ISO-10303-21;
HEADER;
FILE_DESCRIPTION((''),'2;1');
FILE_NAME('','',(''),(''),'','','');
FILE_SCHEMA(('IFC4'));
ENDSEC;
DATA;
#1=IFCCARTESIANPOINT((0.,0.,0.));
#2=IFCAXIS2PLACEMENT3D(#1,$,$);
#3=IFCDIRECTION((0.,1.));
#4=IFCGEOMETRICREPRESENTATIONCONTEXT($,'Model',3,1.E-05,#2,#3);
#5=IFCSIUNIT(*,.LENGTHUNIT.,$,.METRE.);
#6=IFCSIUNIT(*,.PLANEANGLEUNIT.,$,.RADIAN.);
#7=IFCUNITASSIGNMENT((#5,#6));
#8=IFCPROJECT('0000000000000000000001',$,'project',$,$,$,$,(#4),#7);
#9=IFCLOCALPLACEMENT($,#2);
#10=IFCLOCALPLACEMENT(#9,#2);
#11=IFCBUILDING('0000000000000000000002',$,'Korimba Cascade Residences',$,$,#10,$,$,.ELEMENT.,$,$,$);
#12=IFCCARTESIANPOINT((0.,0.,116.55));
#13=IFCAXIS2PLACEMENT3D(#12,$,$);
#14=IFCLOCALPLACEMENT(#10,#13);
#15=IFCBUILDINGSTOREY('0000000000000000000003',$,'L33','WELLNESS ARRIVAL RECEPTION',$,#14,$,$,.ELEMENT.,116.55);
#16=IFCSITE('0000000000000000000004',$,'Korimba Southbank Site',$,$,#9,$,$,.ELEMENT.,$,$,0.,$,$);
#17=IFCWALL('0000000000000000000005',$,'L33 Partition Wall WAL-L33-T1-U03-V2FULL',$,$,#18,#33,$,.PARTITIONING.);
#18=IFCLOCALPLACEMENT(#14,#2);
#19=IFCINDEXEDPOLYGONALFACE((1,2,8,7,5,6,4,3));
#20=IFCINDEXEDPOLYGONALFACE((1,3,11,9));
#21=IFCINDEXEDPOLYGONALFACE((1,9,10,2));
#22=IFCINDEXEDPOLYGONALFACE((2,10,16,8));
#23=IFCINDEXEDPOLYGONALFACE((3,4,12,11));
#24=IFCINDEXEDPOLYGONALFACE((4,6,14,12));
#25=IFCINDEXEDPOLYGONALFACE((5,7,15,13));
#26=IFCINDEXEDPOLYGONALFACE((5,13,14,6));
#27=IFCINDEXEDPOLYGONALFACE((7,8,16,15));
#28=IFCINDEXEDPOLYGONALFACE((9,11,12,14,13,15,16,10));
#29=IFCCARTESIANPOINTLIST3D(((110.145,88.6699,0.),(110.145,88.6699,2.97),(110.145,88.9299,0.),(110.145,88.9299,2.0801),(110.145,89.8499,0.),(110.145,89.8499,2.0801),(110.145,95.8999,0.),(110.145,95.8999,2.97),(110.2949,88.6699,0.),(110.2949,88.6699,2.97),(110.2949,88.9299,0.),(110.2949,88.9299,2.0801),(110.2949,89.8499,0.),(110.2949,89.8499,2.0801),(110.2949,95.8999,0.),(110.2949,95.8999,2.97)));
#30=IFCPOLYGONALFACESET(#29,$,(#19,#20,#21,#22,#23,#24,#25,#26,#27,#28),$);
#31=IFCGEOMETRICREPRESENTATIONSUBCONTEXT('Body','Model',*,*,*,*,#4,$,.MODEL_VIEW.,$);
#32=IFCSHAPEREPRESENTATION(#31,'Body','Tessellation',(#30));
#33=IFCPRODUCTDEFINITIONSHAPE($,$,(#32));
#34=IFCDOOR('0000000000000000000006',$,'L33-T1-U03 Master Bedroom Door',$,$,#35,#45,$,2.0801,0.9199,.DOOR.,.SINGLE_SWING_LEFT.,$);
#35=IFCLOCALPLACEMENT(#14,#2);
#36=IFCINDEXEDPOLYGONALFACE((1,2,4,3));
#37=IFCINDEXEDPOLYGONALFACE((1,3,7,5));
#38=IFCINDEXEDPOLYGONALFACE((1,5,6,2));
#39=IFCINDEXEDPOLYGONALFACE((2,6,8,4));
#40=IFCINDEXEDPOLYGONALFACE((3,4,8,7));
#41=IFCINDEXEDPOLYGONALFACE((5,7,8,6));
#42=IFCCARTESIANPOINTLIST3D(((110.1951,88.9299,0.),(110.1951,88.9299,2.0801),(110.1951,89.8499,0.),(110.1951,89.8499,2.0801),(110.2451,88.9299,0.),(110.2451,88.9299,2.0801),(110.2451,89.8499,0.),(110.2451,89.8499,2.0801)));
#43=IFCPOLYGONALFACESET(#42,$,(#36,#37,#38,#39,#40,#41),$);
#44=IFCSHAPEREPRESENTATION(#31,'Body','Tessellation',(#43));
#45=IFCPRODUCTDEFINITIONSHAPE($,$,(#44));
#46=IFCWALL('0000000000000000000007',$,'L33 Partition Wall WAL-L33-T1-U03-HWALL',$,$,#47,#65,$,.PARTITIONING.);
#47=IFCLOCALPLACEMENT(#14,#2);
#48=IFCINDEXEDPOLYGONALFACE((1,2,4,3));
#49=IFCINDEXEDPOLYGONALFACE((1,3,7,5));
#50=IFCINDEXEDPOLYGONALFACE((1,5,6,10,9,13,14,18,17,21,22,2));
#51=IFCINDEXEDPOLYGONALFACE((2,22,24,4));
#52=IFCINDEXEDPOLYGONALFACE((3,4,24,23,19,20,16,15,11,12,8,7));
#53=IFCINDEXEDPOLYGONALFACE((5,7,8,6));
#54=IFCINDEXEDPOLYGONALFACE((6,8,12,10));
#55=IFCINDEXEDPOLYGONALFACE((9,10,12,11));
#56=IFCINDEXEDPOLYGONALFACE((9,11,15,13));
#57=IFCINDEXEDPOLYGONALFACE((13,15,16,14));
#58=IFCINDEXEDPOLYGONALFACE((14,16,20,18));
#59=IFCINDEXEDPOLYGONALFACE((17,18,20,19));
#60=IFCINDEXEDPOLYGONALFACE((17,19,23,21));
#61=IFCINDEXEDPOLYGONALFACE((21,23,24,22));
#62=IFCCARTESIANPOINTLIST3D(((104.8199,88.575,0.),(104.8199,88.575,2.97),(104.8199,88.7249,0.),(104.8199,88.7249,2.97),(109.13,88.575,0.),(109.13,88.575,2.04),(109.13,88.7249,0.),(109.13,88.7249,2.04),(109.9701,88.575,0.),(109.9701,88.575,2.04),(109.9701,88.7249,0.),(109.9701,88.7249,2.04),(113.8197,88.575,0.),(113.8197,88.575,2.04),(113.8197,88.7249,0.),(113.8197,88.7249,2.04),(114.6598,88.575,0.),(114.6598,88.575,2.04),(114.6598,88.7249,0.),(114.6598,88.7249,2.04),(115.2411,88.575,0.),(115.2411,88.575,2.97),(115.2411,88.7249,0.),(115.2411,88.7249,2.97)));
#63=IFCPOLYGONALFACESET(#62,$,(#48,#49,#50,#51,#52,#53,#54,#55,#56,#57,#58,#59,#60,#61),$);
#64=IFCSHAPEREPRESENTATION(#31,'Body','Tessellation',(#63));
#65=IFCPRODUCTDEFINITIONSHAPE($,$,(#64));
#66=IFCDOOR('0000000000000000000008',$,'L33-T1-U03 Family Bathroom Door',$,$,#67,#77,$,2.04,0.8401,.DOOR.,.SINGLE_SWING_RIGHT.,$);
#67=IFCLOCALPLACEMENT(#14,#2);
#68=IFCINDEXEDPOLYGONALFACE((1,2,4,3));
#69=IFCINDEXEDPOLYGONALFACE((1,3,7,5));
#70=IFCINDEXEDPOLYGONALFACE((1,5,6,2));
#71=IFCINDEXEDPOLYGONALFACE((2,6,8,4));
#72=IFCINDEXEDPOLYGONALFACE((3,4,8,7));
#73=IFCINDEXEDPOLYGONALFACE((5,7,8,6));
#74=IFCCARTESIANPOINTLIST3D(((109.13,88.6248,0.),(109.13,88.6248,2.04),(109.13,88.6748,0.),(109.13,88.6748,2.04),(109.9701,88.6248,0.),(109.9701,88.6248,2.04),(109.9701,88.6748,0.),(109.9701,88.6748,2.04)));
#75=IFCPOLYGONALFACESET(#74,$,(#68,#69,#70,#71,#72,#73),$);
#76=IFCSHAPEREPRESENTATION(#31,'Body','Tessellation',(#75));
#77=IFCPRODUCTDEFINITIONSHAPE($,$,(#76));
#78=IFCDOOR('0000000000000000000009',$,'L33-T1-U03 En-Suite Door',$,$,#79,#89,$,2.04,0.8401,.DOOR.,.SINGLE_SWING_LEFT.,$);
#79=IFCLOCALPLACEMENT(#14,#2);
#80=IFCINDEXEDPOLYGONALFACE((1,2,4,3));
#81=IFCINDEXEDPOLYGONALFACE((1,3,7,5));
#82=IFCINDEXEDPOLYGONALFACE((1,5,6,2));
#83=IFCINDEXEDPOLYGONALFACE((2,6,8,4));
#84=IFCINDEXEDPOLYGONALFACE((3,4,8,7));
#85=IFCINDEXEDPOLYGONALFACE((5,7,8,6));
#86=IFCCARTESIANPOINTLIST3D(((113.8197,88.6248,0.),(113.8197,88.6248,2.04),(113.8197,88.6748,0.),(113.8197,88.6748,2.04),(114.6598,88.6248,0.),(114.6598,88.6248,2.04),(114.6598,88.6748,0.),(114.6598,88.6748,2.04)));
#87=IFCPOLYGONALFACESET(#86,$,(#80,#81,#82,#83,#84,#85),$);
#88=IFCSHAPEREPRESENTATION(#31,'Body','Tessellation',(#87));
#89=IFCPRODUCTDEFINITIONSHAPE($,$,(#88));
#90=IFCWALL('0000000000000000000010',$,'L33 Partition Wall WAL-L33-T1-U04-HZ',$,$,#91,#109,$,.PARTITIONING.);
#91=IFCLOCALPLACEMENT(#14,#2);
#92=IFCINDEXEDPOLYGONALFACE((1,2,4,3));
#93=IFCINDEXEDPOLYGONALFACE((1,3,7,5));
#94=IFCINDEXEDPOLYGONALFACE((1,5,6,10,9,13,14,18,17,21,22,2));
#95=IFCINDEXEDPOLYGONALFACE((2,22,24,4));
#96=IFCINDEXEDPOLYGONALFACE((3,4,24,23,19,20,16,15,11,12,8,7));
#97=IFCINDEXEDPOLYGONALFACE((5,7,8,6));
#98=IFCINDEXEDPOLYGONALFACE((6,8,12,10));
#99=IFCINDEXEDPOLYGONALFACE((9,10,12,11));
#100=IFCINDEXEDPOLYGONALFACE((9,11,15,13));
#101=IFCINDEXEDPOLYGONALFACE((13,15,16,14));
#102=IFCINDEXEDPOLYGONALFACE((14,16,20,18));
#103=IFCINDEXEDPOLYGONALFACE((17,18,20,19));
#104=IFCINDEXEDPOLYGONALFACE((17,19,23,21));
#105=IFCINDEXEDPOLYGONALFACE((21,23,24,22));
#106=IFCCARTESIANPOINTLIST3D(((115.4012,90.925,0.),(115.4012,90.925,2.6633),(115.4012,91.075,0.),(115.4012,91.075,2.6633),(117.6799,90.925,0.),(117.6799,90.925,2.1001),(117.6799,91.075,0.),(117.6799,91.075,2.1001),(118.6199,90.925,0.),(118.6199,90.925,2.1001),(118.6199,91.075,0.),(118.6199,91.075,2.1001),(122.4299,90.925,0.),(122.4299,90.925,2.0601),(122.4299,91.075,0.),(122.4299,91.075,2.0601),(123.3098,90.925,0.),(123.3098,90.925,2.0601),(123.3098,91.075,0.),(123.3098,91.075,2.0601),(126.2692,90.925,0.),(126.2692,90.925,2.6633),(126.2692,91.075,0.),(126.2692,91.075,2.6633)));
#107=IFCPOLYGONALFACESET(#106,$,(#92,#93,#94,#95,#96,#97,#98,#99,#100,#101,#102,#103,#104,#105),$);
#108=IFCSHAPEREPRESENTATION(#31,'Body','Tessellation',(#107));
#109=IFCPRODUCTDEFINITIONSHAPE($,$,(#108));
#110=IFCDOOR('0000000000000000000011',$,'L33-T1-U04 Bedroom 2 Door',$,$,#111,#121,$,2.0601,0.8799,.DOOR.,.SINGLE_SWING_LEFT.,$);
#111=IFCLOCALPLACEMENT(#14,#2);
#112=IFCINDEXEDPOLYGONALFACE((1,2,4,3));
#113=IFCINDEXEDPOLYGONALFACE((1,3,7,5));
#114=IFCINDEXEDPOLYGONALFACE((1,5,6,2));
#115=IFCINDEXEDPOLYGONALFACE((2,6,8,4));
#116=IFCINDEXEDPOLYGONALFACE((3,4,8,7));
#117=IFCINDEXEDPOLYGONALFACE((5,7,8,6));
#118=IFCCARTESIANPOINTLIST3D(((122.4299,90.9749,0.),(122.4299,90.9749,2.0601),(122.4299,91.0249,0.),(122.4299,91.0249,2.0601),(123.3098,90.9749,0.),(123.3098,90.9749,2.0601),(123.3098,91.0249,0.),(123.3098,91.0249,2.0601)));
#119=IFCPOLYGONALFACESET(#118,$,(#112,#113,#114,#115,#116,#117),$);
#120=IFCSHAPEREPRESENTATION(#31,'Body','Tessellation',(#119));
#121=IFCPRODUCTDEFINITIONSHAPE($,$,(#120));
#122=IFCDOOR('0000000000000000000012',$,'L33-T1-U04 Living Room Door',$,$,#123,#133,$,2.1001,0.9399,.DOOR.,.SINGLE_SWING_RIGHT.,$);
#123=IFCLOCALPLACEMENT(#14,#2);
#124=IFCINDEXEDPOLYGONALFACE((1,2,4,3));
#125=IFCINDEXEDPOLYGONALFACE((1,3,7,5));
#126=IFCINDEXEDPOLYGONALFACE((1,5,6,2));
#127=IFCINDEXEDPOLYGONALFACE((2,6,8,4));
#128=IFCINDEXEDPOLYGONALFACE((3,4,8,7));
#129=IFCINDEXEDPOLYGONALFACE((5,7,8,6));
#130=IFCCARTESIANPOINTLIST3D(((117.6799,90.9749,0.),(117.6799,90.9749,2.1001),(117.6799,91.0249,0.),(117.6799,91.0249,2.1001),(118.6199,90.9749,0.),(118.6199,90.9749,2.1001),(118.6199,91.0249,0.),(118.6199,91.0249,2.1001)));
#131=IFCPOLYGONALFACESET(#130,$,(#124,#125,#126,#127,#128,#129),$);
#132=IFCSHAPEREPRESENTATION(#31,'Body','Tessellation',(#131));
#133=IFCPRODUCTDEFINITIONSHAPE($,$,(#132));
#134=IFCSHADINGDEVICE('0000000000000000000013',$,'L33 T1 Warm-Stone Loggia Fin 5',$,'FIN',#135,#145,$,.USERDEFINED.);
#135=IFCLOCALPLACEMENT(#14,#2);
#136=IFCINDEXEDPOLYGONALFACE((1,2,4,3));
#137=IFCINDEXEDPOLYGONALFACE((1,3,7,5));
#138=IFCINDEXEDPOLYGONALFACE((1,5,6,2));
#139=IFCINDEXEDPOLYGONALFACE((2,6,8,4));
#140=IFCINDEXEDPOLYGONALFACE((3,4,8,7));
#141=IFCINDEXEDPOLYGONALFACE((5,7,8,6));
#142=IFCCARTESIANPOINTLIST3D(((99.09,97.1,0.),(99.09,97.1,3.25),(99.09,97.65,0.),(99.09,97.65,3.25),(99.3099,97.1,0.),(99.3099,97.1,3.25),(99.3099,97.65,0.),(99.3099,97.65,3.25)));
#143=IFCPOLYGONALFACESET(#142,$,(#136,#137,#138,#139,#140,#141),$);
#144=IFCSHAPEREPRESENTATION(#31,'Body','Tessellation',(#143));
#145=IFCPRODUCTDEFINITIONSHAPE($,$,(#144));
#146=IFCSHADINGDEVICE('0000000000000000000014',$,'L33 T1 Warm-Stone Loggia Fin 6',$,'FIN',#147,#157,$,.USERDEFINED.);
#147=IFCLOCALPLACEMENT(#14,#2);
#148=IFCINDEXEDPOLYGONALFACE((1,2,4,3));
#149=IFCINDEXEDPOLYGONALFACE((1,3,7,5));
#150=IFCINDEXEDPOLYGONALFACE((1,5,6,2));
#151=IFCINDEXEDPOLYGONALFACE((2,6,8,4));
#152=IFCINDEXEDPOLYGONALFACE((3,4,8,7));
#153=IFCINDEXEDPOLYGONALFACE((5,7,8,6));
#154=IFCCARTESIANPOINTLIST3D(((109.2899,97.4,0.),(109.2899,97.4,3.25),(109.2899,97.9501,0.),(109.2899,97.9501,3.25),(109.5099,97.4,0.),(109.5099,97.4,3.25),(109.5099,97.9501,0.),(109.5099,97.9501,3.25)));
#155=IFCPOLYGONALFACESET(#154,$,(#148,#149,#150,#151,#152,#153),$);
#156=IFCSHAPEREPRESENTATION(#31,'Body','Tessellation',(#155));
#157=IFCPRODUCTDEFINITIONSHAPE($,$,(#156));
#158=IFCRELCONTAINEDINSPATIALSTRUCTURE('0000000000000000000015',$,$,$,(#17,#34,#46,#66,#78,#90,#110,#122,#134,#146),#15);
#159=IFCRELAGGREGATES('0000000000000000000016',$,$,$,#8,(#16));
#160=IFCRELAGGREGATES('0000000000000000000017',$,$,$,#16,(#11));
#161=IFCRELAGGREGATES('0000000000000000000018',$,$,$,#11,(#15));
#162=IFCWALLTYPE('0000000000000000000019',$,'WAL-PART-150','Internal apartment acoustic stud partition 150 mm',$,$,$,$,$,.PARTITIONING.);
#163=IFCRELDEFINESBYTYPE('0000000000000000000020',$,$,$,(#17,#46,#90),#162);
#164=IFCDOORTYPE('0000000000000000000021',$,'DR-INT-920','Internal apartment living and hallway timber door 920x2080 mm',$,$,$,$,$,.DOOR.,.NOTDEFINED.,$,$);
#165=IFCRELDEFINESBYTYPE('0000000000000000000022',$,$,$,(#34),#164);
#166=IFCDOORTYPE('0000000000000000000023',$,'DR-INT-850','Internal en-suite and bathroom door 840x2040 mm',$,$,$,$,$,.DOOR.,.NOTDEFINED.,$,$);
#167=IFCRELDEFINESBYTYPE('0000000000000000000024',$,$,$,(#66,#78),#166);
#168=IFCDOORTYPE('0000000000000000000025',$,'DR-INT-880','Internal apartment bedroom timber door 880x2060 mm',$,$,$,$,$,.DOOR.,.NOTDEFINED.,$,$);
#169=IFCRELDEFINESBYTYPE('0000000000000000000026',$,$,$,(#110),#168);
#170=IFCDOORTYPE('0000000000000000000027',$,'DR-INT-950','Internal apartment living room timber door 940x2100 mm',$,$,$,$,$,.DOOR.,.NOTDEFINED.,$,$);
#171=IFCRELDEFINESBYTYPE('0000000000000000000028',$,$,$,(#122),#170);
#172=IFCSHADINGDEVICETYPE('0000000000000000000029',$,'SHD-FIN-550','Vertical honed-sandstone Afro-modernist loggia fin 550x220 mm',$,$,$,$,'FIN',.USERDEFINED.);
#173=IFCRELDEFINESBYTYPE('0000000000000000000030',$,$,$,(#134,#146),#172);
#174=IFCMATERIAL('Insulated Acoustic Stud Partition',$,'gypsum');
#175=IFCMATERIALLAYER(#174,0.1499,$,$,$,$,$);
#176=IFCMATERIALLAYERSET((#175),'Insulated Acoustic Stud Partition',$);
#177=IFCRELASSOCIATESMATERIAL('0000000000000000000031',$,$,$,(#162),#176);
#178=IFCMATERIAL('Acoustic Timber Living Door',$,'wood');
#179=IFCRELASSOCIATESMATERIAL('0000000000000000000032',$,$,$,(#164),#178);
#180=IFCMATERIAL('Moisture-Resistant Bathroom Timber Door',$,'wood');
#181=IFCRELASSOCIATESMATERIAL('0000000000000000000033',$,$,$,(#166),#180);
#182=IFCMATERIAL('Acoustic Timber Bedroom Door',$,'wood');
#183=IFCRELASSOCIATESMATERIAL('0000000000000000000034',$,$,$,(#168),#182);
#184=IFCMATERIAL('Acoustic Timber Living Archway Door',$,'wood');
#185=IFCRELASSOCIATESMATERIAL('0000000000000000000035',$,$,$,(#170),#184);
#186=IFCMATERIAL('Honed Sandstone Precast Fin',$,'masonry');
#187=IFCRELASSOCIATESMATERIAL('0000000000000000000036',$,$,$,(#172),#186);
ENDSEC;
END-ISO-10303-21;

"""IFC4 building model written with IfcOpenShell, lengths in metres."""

from ifc_helpers import new_model, si_unit, direction, frame, frame_2d, origin, origin_2d, place, context, subcontext, project, spatial, rectangle, extrude, material, layer, layer_set, type_object, element, fill, save


model = new_model("IFC4")

# Units and contexts
model_context = context("Model", 3, precision=1e-05, world=origin(), true_north=direction((0.0, 1.0)))
body_context = subcontext(model_context, "Body", "Model", "MODEL_VIEW")
ifc_project = project(units=[si_unit("LENGTHUNIT", "METRE"), si_unit("PLANEANGLEUNIT", "RADIAN")], contexts=[model_context])

# Site, building, storey
site_placement = place(None, origin())
site = spatial("IfcSite", under=ifc_project, at=site_placement, Name="Korimba Southbank Site", CompositionType="ELEMENT", RefElevation=0.0)
building_placement = place(site_placement, origin())
building = spatial("IfcBuilding", under=site, at=building_placement, Name="Korimba Cascade Residences", CompositionType="ELEMENT")
storey_placement = place(building_placement, frame((0.0, 0.0, 116.55)))
storey = spatial("IfcBuildingStorey", under=building, at=storey_placement, Name="L33", Description="WELLNESS ARRIVAL RECEPTION", CompositionType="ELEMENT", Elevation=116.55)

# Shared definitions
ifc_material_1 = material(Name="Insulated Acoustic Stud Partition", Category="gypsum")
ifc_layer = layer(ifc_material_1, 0.1499)
ifc_layer_set = layer_set([ifc_layer], Name="Insulated Acoustic Stud Partition")
wall_type = type_object("IfcWallType", Name="WAL-PART-150", Description="Internal apartment acoustic stud partition 150 mm", PredefinedType="PARTITIONING", material=ifc_layer_set)
ifc_material_2 = material(Name="Acoustic Timber Living Door", Category="wood")
door_type_1 = type_object("IfcDoorType", Name="DR-INT-920", Description="Internal apartment living and hallway timber door 920x2080 mm", OperationType="NOTDEFINED", PredefinedType="DOOR", material=ifc_material_2)

# Wall, opening, door
wall_1_placement = place(storey_placement, frame((110.22, 88.6699, 0.0), z_axis=(0.0, 0.0, 1.0), x_axis=(0.0, 1.0, 0.0)))
wall_1 = element("IfcWall", 1, at=wall_1_placement, inside=storey, type_object=wall_type, Name="L33 Partition Wall WAL-L33-T1-U03-V2FULL", PredefinedType="PARTITIONING", context=body_context, shape_type="SweptSolid", body=[
    extrude(rectangle(XDim=7.23, YDim=0.1499, at=frame_2d((3.615, 0.0))), origin(), (0.0, 0.0, 1.0), 2.97),
])
opening_1_placement = place(wall_1_placement, frame((0.26, 0.0, 0.0)))
opening_1 = element("IfcOpeningElement", 2, at=opening_1_placement, cuts=wall_1, PredefinedType="OPENING", context=body_context, shape_type="SweptSolid", body=[
    extrude(rectangle(XDim=0.9199, YDim=2.0801, at=frame_2d((0.46, 1.04))), frame((0.0, 0.085, 0.0), z_axis=(0.0, -1.0, 0.0), x_axis=(1.0, 0.0, 0.0)), (0.0, 0.0, 1.0), 0.1699),
])
door_1_placement = place(opening_1_placement, origin())
door_1 = element("IfcDoor", 3, at=door_1_placement, inside=storey, type_object=door_type_1, Name="L33-T1-U03 Master Bedroom Door", OperationType="SINGLE_SWING_LEFT", OverallHeight=2.0801, OverallWidth=0.9199, PredefinedType="DOOR", context=body_context, shape_type="SweptSolid", body=[
    extrude(rectangle(XDim=0.9199, YDim=2.0801, at=frame_2d((0.46, 1.04))), frame((0.0, 0.0249, 0.0), z_axis=(0.0, -1.0, 0.0), x_axis=(1.0, 0.0, 0.0)), (0.0, 0.0, 1.0), 0.05),
])
fill(opening_1, door_1)

# Walls, openings, doors
wall_2_placement = place(storey_placement, frame((104.8201, 88.6499, 0.0), z_axis=(0.0, 0.0, 1.0), x_axis=(1.0, 0.0, 0.0)))
wall_2 = element("IfcWall", 4, at=wall_2_placement, inside=storey, type_object=wall_type, Name="L33 Partition Wall WAL-L33-T1-U03-HWALL", PredefinedType="PARTITIONING", context=body_context, shape_type="SweptSolid", body=[
    extrude(rectangle(XDim=10.4211, YDim=0.1499, at=frame_2d((5.2104, 0.0))), origin(), (0.0, 0.0, 1.0), 2.97),
])
opening_2_placement = place(wall_2_placement, frame((4.3101, 0.0, 0.0)))
opening_2 = element("IfcOpeningElement", 5, at=opening_2_placement, cuts=wall_2, PredefinedType="OPENING", context=body_context, shape_type="SweptSolid", body=[
    extrude(rectangle(XDim=0.8401, YDim=2.04, at=frame_2d((0.4199, 1.02))), frame((0.0, 0.085, 0.0), z_axis=(0.0, -1.0, 0.0), x_axis=(1.0, 0.0, 0.0)), (0.0, 0.0, 1.0), 0.1699),
])
opening_3_placement = place(wall_2_placement, frame((8.9998, 0.0, 0.0)))
opening_3 = element("IfcOpeningElement", 6, at=opening_3_placement, cuts=wall_2, PredefinedType="OPENING", context=body_context, shape_type="SweptSolid", body=[
    extrude(rectangle(XDim=0.8401, YDim=2.04, at=frame_2d((0.4199, 1.02))), frame((0.0, 0.085, 0.0), z_axis=(0.0, -1.0, 0.0), x_axis=(1.0, 0.0, 0.0)), (0.0, 0.0, 1.0), 0.1699),
])
ifc_material_3 = material(Name="Moisture-Resistant Bathroom Timber Door", Category="wood")
door_type_2 = type_object("IfcDoorType", Name="DR-INT-850", Description="Internal en-suite and bathroom door 840x2040 mm", OperationType="NOTDEFINED", PredefinedType="DOOR", material=ifc_material_3)
door_2_placement = place(opening_2_placement, origin())
door_2 = element("IfcDoor", 7, at=door_2_placement, inside=storey, type_object=door_type_2, Name="L33-T1-U03 Family Bathroom Door", OperationType="SINGLE_SWING_RIGHT", OverallHeight=2.04, OverallWidth=0.8401, PredefinedType="DOOR", context=body_context, shape_type="SweptSolid", body=[
    extrude(rectangle(XDim=0.8401, YDim=2.04, at=frame_2d((0.4199, 1.02))), frame((0.0, 0.0249, 0.0), z_axis=(0.0, -1.0, 0.0), x_axis=(1.0, 0.0, 0.0)), (0.0, 0.0, 1.0), 0.05),
])
fill(opening_2, door_2)
door_3_placement = place(opening_3_placement, origin())
door_3 = element("IfcDoor", 8, at=door_3_placement, inside=storey, type_object=door_type_2, Name="L33-T1-U03 En-Suite Door", OperationType="SINGLE_SWING_LEFT", OverallHeight=2.04, OverallWidth=0.8401, PredefinedType="DOOR", context=body_context, shape_type="SweptSolid", body=[
    extrude(rectangle(XDim=0.8401, YDim=2.04, at=frame_2d((0.4199, 1.02))), frame((0.0, 0.0249, 0.0), z_axis=(0.0, -1.0, 0.0), x_axis=(1.0, 0.0, 0.0)), (0.0, 0.0, 1.0), 0.05),
])
fill(opening_3, door_3)
wall_3_placement = place(storey_placement, frame((115.4011, 91.0, 0.0), z_axis=(0.0, 0.0, 1.0), x_axis=(1.0, 0.0, 0.0)))
wall_3 = element("IfcWall", 9, at=wall_3_placement, inside=storey, type_object=wall_type, Name="L33 Partition Wall WAL-L33-T1-U04-HZ", PredefinedType="PARTITIONING", context=body_context, shape_type="SweptSolid", body=[
    extrude(rectangle(XDim=10.8679, YDim=0.1499, at=frame_2d((5.4341, 0.0))), origin(), (0.0, 0.0, 1.0), 2.6633),
])
opening_4_placement = place(wall_3_placement, frame((2.2788, 0.0, 0.0)))
opening_4 = element("IfcOpeningElement", 10, at=opening_4_placement, cuts=wall_3, PredefinedType="OPENING", context=body_context, shape_type="SweptSolid", body=[
    extrude(rectangle(XDim=0.9399, YDim=2.1001, at=frame_2d((0.47, 1.05))), frame((0.0, 0.085, 0.0), z_axis=(0.0, -1.0, 0.0), x_axis=(1.0, 0.0, 0.0)), (0.0, 0.0, 1.0), 0.1699),
])
opening_5_placement = place(wall_3_placement, frame((7.0288, 0.0, 0.0)))
opening_5 = element("IfcOpeningElement", 11, at=opening_5_placement, cuts=wall_3, PredefinedType="OPENING", context=body_context, shape_type="SweptSolid", body=[
    extrude(rectangle(XDim=0.8799, YDim=2.0601, at=frame_2d((0.4399, 1.03))), frame((0.0, 0.085, 0.0), z_axis=(0.0, -1.0, 0.0), x_axis=(1.0, 0.0, 0.0)), (0.0, 0.0, 1.0), 0.1699),
])
ifc_material_4 = material(Name="Acoustic Timber Bedroom Door", Category="wood")
door_type_3 = type_object("IfcDoorType", Name="DR-INT-880", Description="Internal apartment bedroom timber door 880x2060 mm", OperationType="NOTDEFINED", PredefinedType="DOOR", material=ifc_material_4)
door_4_placement = place(opening_5_placement, origin())
door_4 = element("IfcDoor", 12, at=door_4_placement, inside=storey, type_object=door_type_3, Name="L33-T1-U04 Bedroom 2 Door", OperationType="SINGLE_SWING_LEFT", OverallHeight=2.0601, OverallWidth=0.8799, PredefinedType="DOOR", context=body_context, shape_type="SweptSolid", body=[
    extrude(rectangle(XDim=0.8799, YDim=2.0601, at=frame_2d((0.4399, 1.03))), frame((0.0, 0.0249, 0.0), z_axis=(0.0, -1.0, 0.0), x_axis=(1.0, 0.0, 0.0)), (0.0, 0.0, 1.0), 0.05),
])
fill(opening_5, door_4)
ifc_material_5 = material(Name="Acoustic Timber Living Archway Door", Category="wood")
door_type_4 = type_object("IfcDoorType", Name="DR-INT-950", Description="Internal apartment living room timber door 940x2100 mm", OperationType="NOTDEFINED", PredefinedType="DOOR", material=ifc_material_5)
door_5_placement = place(opening_4_placement, origin())
door_5 = element("IfcDoor", 13, at=door_5_placement, inside=storey, type_object=door_type_4, Name="L33-T1-U04 Living Room Door", OperationType="SINGLE_SWING_RIGHT", OverallHeight=2.1001, OverallWidth=0.9399, PredefinedType="DOOR", context=body_context, shape_type="SweptSolid", body=[
    extrude(rectangle(XDim=0.9399, YDim=2.1001, at=frame_2d((0.47, 1.05))), frame((0.0, 0.0249, 0.0), z_axis=(0.0, -1.0, 0.0), x_axis=(1.0, 0.0, 0.0)), (0.0, 0.0, 1.0), 0.05),
])
fill(opening_4, door_5)

# Shading devices
ifc_material_6 = material(Name="Honed Sandstone Precast Fin", Category="masonry")
shading_device_type = type_object("IfcShadingDeviceType", Name="SHD-FIN-550", Description="Vertical honed-sandstone Afro-modernist loggia fin 550x220 mm", ElementType="FIN", PredefinedType="USERDEFINED", material=ifc_material_6)
for number, where, z_axis, x_axis, name in (
    (14, (99.2, 97.375, 0.0), (0.0, 0.0, 1.0), (1.0, 0.0, 0.0), "L33 T1 Warm-Stone Loggia Fin 5"),
    (15, (109.3999, 97.675, 0.0), (0.0, 0.0, 1.0), (1.0, 0.0, 0.0), "L33 T1 Warm-Stone Loggia Fin 6"),
):
    element("IfcShadingDevice", number, at=place(storey_placement, frame(where, z_axis=z_axis, x_axis=x_axis)), inside=storey, type_object=shading_device_type, Name=name, ObjectType="FIN", PredefinedType="USERDEFINED", context=body_context, shape_type="SweptSolid", body=[
        extrude(rectangle(XDim=0.22, YDim=0.55, at=origin_2d()), origin(), (0.0, 0.0, 1.0), 3.25),
    ])

save(model, "model.ifc")
